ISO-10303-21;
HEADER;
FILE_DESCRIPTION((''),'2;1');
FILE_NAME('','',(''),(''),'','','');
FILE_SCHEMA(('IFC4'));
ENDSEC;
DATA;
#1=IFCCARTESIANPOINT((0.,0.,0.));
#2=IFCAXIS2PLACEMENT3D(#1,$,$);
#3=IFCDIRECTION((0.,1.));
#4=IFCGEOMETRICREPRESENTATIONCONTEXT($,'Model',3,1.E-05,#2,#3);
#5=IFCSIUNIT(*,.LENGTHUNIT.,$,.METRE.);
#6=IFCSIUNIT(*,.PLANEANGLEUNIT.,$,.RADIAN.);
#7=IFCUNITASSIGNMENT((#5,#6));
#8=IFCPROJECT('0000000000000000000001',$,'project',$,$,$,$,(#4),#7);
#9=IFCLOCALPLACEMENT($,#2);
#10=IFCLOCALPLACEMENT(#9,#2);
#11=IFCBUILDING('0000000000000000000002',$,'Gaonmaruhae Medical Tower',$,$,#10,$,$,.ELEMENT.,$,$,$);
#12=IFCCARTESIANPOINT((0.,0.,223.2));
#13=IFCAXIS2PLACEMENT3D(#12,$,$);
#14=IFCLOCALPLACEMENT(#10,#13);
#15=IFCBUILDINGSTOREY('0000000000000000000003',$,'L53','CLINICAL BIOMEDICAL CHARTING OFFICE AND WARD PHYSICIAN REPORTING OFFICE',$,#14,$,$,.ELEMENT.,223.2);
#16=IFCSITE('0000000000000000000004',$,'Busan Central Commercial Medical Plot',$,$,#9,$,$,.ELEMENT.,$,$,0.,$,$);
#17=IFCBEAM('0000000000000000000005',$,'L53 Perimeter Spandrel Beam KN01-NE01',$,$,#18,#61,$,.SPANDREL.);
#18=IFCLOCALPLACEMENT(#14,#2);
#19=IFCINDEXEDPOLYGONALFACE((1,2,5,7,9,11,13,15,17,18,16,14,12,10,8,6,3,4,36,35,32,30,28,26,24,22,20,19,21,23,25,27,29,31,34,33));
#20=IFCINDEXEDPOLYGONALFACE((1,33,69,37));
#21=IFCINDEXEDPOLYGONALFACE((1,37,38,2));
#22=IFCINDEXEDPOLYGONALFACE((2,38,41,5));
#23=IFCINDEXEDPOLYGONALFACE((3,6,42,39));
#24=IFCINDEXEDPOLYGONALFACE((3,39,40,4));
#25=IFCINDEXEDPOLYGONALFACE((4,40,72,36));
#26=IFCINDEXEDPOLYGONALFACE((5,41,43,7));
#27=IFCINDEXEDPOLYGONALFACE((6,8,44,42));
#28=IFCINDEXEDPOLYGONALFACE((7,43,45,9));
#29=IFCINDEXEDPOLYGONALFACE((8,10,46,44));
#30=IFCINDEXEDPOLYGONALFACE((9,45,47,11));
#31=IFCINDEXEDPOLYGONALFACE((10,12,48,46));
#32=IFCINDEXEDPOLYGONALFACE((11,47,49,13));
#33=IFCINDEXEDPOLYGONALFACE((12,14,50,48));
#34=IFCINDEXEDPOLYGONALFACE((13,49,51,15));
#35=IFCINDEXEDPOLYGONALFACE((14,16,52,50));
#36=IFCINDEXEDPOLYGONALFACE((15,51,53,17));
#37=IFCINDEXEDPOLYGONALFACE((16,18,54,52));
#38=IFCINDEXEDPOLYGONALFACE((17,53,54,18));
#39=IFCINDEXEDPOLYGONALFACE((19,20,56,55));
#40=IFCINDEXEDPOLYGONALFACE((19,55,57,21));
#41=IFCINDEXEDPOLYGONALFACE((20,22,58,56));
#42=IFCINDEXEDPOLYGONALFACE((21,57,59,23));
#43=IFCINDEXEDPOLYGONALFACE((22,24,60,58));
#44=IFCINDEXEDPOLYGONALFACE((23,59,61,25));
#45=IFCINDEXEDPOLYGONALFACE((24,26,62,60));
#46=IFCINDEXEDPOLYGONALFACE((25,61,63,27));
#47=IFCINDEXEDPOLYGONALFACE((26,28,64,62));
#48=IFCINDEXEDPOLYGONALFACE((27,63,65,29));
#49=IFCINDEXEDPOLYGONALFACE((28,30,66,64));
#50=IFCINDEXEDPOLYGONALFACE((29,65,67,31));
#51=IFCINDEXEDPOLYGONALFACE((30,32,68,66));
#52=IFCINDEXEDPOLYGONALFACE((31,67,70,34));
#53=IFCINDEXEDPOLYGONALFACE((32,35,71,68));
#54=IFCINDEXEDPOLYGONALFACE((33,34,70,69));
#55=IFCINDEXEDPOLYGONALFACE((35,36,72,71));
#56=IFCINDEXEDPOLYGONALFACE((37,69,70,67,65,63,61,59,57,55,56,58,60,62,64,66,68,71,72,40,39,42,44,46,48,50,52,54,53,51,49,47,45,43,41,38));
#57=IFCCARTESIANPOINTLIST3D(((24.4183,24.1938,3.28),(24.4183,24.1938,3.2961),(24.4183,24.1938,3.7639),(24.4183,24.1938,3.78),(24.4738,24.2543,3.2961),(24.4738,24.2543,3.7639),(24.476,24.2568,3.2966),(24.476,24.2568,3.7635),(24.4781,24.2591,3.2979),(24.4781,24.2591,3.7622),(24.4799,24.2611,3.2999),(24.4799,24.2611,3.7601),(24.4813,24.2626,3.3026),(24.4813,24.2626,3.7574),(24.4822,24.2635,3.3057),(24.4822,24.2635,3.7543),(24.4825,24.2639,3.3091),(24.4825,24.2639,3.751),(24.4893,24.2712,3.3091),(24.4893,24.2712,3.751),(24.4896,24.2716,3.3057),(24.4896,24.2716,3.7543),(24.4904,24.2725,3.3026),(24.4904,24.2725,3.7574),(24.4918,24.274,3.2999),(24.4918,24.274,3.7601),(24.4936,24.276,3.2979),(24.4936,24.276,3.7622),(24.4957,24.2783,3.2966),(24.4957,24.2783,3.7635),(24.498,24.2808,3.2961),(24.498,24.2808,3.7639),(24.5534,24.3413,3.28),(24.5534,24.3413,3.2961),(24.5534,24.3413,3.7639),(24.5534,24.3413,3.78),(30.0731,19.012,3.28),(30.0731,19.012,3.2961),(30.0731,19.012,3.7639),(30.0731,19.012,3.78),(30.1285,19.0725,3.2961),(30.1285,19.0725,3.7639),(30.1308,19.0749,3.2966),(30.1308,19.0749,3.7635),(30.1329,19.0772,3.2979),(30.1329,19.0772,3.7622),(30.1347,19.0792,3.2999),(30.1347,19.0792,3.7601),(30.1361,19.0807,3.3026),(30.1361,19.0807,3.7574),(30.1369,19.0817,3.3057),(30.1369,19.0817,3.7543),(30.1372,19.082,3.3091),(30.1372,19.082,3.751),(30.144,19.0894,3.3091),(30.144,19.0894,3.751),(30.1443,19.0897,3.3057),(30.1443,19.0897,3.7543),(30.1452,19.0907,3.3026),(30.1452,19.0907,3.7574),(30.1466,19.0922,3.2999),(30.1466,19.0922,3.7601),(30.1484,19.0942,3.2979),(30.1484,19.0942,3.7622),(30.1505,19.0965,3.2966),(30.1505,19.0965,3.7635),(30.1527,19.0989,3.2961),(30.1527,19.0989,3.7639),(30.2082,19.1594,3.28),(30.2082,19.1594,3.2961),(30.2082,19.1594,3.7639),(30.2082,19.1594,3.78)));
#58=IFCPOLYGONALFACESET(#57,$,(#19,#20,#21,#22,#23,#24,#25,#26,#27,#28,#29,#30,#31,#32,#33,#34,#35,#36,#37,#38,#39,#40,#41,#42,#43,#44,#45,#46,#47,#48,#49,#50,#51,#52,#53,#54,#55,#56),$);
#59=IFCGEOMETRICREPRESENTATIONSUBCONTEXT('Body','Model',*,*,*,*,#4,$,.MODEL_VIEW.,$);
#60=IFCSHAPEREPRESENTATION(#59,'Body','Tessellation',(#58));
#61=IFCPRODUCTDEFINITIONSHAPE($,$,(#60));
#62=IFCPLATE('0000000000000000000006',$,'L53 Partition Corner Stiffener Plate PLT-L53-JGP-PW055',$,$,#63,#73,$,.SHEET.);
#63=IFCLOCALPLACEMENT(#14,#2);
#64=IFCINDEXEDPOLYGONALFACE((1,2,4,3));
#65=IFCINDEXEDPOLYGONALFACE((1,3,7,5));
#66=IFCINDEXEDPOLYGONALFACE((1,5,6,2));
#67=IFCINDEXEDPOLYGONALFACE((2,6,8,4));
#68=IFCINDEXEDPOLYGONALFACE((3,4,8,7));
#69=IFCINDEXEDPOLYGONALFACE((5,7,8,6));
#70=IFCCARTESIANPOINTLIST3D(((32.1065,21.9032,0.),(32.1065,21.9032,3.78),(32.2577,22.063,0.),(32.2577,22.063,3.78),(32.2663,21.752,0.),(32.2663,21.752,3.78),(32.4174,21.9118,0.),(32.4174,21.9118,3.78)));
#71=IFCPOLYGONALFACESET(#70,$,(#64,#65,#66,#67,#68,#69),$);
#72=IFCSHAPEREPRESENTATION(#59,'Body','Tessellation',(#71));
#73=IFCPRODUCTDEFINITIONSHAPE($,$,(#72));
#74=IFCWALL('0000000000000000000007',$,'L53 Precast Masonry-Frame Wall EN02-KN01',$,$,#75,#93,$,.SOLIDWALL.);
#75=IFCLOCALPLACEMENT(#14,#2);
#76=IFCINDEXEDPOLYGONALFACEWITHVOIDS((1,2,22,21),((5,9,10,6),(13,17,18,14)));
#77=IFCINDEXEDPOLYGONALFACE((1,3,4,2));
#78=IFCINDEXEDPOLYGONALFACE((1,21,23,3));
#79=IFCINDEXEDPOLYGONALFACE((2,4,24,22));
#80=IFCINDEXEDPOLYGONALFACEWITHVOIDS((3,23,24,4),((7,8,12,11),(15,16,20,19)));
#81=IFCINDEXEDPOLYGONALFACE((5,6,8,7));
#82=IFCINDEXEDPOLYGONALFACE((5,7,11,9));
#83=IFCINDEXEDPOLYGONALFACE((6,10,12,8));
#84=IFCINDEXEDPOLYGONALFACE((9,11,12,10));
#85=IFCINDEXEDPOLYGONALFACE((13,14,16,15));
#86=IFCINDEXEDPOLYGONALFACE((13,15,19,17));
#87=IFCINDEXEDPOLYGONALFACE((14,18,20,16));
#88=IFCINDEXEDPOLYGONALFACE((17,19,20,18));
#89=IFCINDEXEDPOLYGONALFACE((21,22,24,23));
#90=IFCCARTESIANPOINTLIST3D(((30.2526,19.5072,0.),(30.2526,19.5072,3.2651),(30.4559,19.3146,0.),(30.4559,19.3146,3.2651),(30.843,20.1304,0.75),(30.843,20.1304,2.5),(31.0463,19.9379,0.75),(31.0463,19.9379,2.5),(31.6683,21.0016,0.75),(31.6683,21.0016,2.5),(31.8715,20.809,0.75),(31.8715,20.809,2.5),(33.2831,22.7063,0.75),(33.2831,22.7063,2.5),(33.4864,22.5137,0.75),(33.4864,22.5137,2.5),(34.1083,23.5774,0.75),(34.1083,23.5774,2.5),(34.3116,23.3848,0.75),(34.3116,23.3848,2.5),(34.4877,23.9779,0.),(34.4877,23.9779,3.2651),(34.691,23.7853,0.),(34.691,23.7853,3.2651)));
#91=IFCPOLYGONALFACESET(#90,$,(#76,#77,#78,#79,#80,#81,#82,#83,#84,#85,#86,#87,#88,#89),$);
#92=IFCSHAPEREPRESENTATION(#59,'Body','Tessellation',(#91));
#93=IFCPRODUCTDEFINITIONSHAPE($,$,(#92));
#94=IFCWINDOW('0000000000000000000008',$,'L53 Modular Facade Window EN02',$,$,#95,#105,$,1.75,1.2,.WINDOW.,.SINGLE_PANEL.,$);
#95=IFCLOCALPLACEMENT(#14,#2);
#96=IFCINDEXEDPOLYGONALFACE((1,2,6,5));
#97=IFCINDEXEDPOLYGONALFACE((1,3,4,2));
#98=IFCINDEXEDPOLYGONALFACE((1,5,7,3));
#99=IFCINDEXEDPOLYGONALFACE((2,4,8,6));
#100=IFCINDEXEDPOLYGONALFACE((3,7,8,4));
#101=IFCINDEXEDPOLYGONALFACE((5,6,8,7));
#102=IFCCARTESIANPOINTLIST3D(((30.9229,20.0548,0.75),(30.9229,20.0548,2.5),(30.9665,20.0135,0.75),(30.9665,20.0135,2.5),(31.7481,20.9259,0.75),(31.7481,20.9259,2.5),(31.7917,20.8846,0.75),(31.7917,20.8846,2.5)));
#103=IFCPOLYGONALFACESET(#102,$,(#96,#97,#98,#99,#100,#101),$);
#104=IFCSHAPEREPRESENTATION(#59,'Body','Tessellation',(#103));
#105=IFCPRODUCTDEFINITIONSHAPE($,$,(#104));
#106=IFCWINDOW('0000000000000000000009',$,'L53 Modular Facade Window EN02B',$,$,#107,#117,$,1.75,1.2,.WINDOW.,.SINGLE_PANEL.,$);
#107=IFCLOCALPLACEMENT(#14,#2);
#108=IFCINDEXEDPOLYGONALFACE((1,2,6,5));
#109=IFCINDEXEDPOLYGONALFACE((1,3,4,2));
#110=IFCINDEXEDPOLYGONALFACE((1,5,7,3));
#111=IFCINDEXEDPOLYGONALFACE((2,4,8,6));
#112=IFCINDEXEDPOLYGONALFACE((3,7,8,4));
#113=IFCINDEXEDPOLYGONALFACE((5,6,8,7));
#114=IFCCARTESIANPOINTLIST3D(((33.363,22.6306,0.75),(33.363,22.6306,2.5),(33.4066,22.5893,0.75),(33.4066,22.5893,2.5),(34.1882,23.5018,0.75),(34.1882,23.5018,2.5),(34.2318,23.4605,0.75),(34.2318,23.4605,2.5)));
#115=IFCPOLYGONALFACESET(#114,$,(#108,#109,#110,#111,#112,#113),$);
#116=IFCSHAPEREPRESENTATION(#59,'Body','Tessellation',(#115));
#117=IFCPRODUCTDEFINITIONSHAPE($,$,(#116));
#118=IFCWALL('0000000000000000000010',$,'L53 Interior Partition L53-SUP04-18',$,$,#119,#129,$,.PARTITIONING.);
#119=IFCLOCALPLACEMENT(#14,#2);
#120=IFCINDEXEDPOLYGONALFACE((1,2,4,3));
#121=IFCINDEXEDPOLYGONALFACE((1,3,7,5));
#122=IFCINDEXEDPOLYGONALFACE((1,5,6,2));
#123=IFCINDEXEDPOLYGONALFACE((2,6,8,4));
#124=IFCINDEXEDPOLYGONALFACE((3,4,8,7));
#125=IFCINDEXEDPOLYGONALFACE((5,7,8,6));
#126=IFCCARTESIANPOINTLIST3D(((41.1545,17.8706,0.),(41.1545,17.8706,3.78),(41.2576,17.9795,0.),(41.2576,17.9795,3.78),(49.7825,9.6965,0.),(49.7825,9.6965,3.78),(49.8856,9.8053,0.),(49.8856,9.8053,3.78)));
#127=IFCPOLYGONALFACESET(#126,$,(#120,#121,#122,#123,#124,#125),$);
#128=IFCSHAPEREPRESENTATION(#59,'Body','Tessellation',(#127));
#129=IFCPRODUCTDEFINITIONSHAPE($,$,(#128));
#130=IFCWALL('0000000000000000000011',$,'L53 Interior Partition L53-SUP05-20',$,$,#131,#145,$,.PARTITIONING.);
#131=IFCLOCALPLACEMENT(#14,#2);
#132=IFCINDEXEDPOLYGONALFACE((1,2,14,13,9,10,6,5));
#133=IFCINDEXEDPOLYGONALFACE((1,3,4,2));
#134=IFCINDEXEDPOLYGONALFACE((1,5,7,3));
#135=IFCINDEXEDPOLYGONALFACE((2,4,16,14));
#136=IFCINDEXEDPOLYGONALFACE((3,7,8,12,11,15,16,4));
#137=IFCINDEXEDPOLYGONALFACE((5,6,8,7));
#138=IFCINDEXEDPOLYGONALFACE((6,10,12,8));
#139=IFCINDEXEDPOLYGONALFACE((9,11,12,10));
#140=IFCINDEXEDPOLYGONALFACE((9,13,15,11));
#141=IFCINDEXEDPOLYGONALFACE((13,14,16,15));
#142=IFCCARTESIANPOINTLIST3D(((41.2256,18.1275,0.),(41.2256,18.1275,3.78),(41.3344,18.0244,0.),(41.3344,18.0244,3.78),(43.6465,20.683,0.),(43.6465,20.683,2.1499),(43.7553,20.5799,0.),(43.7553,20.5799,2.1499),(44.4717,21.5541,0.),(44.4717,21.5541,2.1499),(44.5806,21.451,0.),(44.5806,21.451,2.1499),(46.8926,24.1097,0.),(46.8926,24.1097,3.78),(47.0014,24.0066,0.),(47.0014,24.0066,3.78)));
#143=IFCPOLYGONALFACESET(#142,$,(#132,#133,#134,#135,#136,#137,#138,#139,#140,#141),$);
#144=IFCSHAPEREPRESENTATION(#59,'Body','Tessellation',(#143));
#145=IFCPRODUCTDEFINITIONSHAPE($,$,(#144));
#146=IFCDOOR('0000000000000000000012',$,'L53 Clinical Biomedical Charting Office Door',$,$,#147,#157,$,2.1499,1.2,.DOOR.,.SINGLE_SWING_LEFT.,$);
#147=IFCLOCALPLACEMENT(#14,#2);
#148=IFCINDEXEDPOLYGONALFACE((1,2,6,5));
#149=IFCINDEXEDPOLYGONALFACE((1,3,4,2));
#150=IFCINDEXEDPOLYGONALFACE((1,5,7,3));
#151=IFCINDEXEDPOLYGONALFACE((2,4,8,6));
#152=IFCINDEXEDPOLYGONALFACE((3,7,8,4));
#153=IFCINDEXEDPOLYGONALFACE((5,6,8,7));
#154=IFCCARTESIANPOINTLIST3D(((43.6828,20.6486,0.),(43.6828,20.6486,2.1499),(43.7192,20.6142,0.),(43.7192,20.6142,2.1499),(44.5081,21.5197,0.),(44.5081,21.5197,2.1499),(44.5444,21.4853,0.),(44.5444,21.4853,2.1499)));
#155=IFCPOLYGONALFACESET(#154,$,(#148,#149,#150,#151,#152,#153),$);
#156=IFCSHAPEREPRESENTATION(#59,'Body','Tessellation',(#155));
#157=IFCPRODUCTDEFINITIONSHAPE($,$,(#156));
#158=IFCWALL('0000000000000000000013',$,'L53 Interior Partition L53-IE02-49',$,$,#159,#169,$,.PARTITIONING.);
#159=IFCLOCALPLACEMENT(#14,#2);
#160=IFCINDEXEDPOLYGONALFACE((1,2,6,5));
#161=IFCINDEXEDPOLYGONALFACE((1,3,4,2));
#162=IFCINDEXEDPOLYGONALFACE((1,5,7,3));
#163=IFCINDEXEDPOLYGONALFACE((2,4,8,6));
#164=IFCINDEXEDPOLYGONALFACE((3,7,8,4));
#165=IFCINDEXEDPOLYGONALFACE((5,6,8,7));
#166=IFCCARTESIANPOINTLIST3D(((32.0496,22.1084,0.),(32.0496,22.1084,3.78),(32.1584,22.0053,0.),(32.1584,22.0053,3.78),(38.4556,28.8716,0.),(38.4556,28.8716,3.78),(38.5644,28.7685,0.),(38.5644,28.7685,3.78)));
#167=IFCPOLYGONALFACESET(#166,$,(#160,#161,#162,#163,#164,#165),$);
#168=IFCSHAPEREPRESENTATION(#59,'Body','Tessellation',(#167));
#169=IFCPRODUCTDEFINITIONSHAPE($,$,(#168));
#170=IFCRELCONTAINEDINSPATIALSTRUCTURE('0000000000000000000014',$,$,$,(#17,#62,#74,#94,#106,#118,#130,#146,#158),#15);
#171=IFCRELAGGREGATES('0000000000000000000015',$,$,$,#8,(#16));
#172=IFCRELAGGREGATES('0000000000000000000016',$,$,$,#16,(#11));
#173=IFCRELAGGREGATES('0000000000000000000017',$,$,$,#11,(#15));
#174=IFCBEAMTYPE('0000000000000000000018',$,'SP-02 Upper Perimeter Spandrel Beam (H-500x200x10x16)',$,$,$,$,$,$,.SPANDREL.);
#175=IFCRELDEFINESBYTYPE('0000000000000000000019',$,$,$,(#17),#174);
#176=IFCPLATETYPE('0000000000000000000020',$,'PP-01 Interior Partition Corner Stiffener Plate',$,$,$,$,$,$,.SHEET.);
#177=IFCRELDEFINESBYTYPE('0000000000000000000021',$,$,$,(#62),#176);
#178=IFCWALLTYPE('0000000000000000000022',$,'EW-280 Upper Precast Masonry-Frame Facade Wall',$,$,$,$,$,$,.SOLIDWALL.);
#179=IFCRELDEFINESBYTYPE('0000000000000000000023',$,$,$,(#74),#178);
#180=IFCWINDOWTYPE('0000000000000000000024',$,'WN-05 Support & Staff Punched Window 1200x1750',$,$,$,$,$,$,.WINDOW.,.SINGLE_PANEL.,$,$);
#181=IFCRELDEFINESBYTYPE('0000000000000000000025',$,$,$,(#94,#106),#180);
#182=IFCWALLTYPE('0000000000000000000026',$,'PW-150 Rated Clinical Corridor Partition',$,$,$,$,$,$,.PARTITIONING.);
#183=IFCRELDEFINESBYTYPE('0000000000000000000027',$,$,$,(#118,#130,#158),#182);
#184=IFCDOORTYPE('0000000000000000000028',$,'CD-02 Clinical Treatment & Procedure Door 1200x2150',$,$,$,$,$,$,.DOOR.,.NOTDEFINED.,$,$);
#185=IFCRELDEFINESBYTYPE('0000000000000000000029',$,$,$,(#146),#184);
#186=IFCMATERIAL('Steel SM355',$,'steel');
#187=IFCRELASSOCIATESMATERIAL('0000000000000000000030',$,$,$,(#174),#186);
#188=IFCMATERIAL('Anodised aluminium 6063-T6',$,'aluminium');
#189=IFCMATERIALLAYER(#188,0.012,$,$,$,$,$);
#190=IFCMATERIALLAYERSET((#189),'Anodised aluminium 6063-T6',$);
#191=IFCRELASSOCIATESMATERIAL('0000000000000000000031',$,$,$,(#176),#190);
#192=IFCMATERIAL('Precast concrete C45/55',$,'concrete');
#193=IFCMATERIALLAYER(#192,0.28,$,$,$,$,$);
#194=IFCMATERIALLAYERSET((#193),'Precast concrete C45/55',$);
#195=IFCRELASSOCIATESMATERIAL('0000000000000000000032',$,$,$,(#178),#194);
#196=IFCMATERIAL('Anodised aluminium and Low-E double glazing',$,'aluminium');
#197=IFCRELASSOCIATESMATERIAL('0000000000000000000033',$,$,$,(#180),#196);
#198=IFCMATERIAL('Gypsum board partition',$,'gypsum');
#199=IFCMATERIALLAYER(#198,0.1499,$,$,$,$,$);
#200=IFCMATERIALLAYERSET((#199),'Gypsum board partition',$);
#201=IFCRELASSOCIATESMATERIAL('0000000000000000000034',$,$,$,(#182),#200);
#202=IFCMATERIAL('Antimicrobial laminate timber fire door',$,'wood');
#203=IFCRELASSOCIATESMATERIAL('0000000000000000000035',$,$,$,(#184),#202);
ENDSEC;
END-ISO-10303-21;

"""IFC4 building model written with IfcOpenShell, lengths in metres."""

from ifc_helpers import new_model, si_unit, direction, frame, frame_2d, origin, origin_2d, place, context, subcontext, project, spatial, rectangle, i_section, extrude, material, layer, layer_set, material_profile, profile_set, type_object, element, fill, save


model = new_model("IFC4")

# Units and contexts
model_context = context("Model", 3, precision=1e-05, world=origin(), true_north=direction((0.0, 1.0)))
body_context = subcontext(model_context, "Body", "Model", "MODEL_VIEW")
ifc_project = project(units=[si_unit("LENGTHUNIT", "METRE"), si_unit("PLANEANGLEUNIT", "RADIAN")], contexts=[model_context])

# Site, building, storey
site_placement = place(None, origin())
site = spatial("IfcSite", under=ifc_project, at=site_placement, Name="Busan Central Commercial Medical Plot", CompositionType="ELEMENT", RefElevation=0.0)
building_placement = place(site_placement, origin())
building = spatial("IfcBuilding", under=site, at=building_placement, Name="Gaonmaruhae Medical Tower", CompositionType="ELEMENT")
storey_placement = place(building_placement, frame((0.0, 0.0, 223.2)))
storey = spatial("IfcBuildingStorey", under=building, at=storey_placement, Name="L53", Description="CLINICAL BIOMEDICAL CHARTING OFFICE AND WARD PHYSICIAN REPORTING OFFICE", CompositionType="ELEMENT", Elevation=223.2)

# Beam
ifc_material_1 = material(Name="Steel SM355", Category="steel")
ifc_material_profile_1 = material_profile(ifc_material_1, i_section(OverallWidth=0.2, OverallDepth=0.5, WebThickness=0.01, FlangeThickness=0.0161, FilletRadius=0.0129, at=origin_2d()), Name="H-500x200x10x16")
ifc_profile_set_1 = profile_set([ifc_material_profile_1], Name="Steel SM355")
beam_type_1 = type_object("IfcBeamType", Name="SP-02 Upper Perimeter Spandrel Beam (H-500x200x10x16)", PredefinedType="SPANDREL", material=ifc_profile_set_1)
beam_1_placement = place(storey_placement, frame((30.1406, 19.0857, 3.53), z_axis=(-0.737262, 0.675606, 0.0), x_axis=(-0.675606, -0.737262, 0.0)))
element("IfcBeam", 1, at=beam_1_placement, inside=storey, type_object=beam_type_1, Name="L53 Perimeter Spandrel Beam KN01-NE01", PredefinedType="SPANDREL", context=body_context, shape_type="SweptSolid", body=[
    extrude(i_section(OverallWidth=0.2, OverallDepth=0.5, WebThickness=0.01, FlangeThickness=0.0161, FilletRadius=0.0129, at=origin_2d()), origin(), (0.0, 0.0, 1.0), 7.6699),
])

# Plate
ifc_material_2 = material(Name="Anodised aluminium 6063-T6", Category="aluminium")
ifc_layer_1 = layer(ifc_material_2, 0.012)
ifc_layer_set_1 = layer_set([ifc_layer_1], Name="Anodised aluminium 6063-T6")
plate_type = type_object("IfcPlateType", Name="PP-01 Interior Partition Corner Stiffener Plate", PredefinedType="SHEET", material=ifc_layer_set_1)
plate_placement = place(storey_placement, frame((32.262, 21.9075, 0.0), z_axis=(0.0, 0.0, 1.0), x_axis=(-0.726371, 0.687303, 0.0)))
element("IfcPlate", 2, at=plate_placement, inside=storey, type_object=plate_type, Name="L53 Partition Corner Stiffener Plate PLT-L53-JGP-PW055", PredefinedType="SHEET", context=body_context, shape_type="SweptSolid", body=[
    extrude(rectangle(XDim=0.22, YDim=0.22, at=origin_2d()), origin(), (0.0, 0.0, 1.0), 3.78),
])

# Wall, openings, windows
ifc_material_3 = material(Name="Precast concrete C45/55", Category="concrete")
ifc_layer_2 = layer(ifc_material_3, 0.28)
ifc_layer_set_2 = layer_set([ifc_layer_2], Name="Precast concrete C45/55")
wall_type_1 = type_object("IfcWallType", Name="EW-280 Upper Precast Masonry-Frame Facade Wall", PredefinedType="SOLIDWALL", material=ifc_layer_set_2)
wall_1_placement = place(storey_placement, frame((30.3542, 19.4109, 0.0), z_axis=(0.0, 0.0, 1.0), x_axis=(0.687719, 0.725977, 0.0)))
wall_1 = element("IfcWall", 3, at=wall_1_placement, inside=storey, type_object=wall_type_1, Name="L53 Precast Masonry-Frame Wall EN02-KN01", PredefinedType="SOLIDWALL", context=body_context, shape_type="SweptSolid", body=[
    extrude(rectangle(XDim=6.1582, YDim=0.28, at=frame_2d((3.0791, 0.0))), origin(), (0.0, 0.0, 1.0), 3.2651),
])
opening_1_placement = place(wall_1_placement, frame((0.8584, 0.0, 0.75)))
opening_1 = element("IfcOpeningElement", 4, at=opening_1_placement, cuts=wall_1, PredefinedType="OPENING", context=body_context, shape_type="SweptSolid", body=[
    extrude(rectangle(XDim=1.2, YDim=1.75, at=frame_2d((0.6001, 0.875))), frame((0.0, 0.1499, 0.0), z_axis=(0.0, -1.0, 0.0), x_axis=(1.0, 0.0, 0.0)), (0.0, 0.0, 1.0), 0.3),
])
opening_2_placement = place(wall_1_placement, frame((4.4065, 0.0, 0.75)))
opening_2 = element("IfcOpeningElement", 5, at=opening_2_placement, cuts=wall_1, PredefinedType="OPENING", context=body_context, shape_type="SweptSolid", body=[
    extrude(rectangle(XDim=1.2, YDim=1.75, at=frame_2d((0.6001, 0.875))), frame((0.0, 0.1499, 0.0), z_axis=(0.0, -1.0, 0.0), x_axis=(1.0, 0.0, 0.0)), (0.0, 0.0, 1.0), 0.3),
])
ifc_material_4 = material(Name="Anodised aluminium and Low-E double glazing", Category="aluminium")
window_type = type_object("IfcWindowType", Name="WN-05 Support & Staff Punched Window 1200x1750", PartitioningType="SINGLE_PANEL", PredefinedType="WINDOW", material=ifc_material_4)
window_1_placement = place(opening_1_placement, origin())
window_1 = element("IfcWindow", 6, at=window_1_placement, inside=storey, type_object=window_type, Name="L53 Modular Facade Window EN02", OverallHeight=1.75, OverallWidth=1.2, PartitioningType="SINGLE_PANEL", PredefinedType="WINDOW", context=body_context, shape_type="SweptSolid", body=[
    extrude(rectangle(XDim=1.2, YDim=1.75, at=frame_2d((0.6001, 0.875))), frame((0.0, 0.03, 0.0), z_axis=(0.0, -1.0, 0.0), x_axis=(1.0, 0.0, 0.0)), (0.0, 0.0, 1.0), 0.0601),
])
fill(opening_1, window_1)
window_2_placement = place(opening_2_placement, origin())
window_2 = element("IfcWindow", 7, at=window_2_placement, inside=storey, type_object=window_type, Name="L53 Modular Facade Window EN02B", OverallHeight=1.75, OverallWidth=1.2, PartitioningType="SINGLE_PANEL", PredefinedType="WINDOW", context=body_context, shape_type="SweptSolid", body=[
    extrude(rectangle(XDim=1.2, YDim=1.75, at=frame_2d((0.6001, 0.875))), frame((0.0, 0.03, 0.0), z_axis=(0.0, -1.0, 0.0), x_axis=(1.0, 0.0, 0.0)), (0.0, 0.0, 1.0), 0.0601),
])
fill(opening_2, window_2)

# Wall
ifc_material_5 = material(Name="Gypsum board partition", Category="gypsum")
ifc_layer_3 = layer(ifc_material_5, 0.1499)
ifc_layer_set_3 = layer_set([ifc_layer_3], Name="Gypsum board partition")
wall_type_2 = type_object("IfcWallType", Name="PW-150 Rated Clinical Corridor Partition", PredefinedType="PARTITIONING", material=ifc_layer_set_3)
wall_2_placement = place(storey_placement, frame((41.2061, 17.925, 0.0), z_axis=(0.0, 0.0, 1.0), x_axis=(0.725942, -0.687755, 0.0)))
element("IfcWall", 8, at=wall_2_placement, inside=storey, type_object=wall_type_2, Name="L53 Interior Partition L53-SUP04-18", PredefinedType="PARTITIONING", context=body_context, shape_type="SweptSolid", body=[
    extrude(rectangle(XDim=11.8853, YDim=0.1499, at=frame_2d((5.9426, 0.0))), origin(), (0.0, 0.0, 1.0), 3.78),
])

# Wall, opening, door
wall_3_placement = place(storey_placement, frame((41.28, 18.0759, 0.0), z_axis=(0.0, 0.0, 1.0), x_axis=(0.687723, 0.725973, 0.0)))
wall_3 = element("IfcWall", 9, at=wall_3_placement, inside=storey, type_object=wall_type_2, Name="L53 Interior Partition L53-SUP05-20", PredefinedType="PARTITIONING", context=body_context, shape_type="SweptSolid", body=[
    extrude(rectangle(XDim=8.2402, YDim=0.1499, at=frame_2d((4.1201, 0.0))), origin(), (0.0, 0.0, 1.0), 3.78),
])
opening_3_placement = place(wall_3_placement, frame((3.52, 0.0, 0.0)))
opening_3 = element("IfcOpeningElement", 10, at=opening_3_placement, cuts=wall_3, PredefinedType="OPENING", context=body_context, shape_type="SweptSolid", body=[
    extrude(rectangle(XDim=1.2, YDim=2.1499, at=frame_2d((0.6001, 1.075))), frame((0.0, 0.085, 0.0), z_axis=(0.0, -1.0, 0.0), x_axis=(1.0, 0.0, 0.0)), (0.0, 0.0, 1.0), 0.1699),
])
ifc_material_6 = material(Name="Antimicrobial laminate timber fire door", Category="wood")
door_type = type_object("IfcDoorType", Name="CD-02 Clinical Treatment & Procedure Door 1200x2150", OperationType="NOTDEFINED", PredefinedType="DOOR", material=ifc_material_6)
door_1_placement = place(opening_3_placement, origin())
door_1 = element("IfcDoor", 11, at=door_1_placement, inside=storey, type_object=door_type, Name="L53 Clinical Biomedical Charting Office Door", OperationType="SINGLE_SWING_LEFT", OverallHeight=2.1499, OverallWidth=1.2, PredefinedType="DOOR", context=body_context, shape_type="SweptSolid", body=[
    extrude(rectangle(XDim=1.2, YDim=2.1499, at=frame_2d((0.6001, 1.075))), frame((0.0, 0.0249, 0.0), z_axis=(0.0, -1.0, 0.0), x_axis=(1.0, 0.0, 0.0)), (0.0, 0.0, 1.0), 0.05),
])
fill(opening_3, door_1)

# Wall
wall_4_placement = place(storey_placement, frame((32.104, 22.0569, 0.0), z_axis=(0.0, 0.0, 1.0), x_axis=(0.687676, 0.726018, 0.0)))
element("IfcWall", 12, at=wall_4_placement, inside=storey, type_object=wall_type_2, Name="L53 Interior Partition L53-IE02-49", PredefinedType="PARTITIONING", context=body_context, shape_type="SweptSolid", body=[
    extrude(rectangle(XDim=9.3154, YDim=0.1499, at=frame_2d((4.6577, 0.0))), origin(), (0.0, 0.0, 1.0), 3.78),
])

save(model, "model.ifc")
